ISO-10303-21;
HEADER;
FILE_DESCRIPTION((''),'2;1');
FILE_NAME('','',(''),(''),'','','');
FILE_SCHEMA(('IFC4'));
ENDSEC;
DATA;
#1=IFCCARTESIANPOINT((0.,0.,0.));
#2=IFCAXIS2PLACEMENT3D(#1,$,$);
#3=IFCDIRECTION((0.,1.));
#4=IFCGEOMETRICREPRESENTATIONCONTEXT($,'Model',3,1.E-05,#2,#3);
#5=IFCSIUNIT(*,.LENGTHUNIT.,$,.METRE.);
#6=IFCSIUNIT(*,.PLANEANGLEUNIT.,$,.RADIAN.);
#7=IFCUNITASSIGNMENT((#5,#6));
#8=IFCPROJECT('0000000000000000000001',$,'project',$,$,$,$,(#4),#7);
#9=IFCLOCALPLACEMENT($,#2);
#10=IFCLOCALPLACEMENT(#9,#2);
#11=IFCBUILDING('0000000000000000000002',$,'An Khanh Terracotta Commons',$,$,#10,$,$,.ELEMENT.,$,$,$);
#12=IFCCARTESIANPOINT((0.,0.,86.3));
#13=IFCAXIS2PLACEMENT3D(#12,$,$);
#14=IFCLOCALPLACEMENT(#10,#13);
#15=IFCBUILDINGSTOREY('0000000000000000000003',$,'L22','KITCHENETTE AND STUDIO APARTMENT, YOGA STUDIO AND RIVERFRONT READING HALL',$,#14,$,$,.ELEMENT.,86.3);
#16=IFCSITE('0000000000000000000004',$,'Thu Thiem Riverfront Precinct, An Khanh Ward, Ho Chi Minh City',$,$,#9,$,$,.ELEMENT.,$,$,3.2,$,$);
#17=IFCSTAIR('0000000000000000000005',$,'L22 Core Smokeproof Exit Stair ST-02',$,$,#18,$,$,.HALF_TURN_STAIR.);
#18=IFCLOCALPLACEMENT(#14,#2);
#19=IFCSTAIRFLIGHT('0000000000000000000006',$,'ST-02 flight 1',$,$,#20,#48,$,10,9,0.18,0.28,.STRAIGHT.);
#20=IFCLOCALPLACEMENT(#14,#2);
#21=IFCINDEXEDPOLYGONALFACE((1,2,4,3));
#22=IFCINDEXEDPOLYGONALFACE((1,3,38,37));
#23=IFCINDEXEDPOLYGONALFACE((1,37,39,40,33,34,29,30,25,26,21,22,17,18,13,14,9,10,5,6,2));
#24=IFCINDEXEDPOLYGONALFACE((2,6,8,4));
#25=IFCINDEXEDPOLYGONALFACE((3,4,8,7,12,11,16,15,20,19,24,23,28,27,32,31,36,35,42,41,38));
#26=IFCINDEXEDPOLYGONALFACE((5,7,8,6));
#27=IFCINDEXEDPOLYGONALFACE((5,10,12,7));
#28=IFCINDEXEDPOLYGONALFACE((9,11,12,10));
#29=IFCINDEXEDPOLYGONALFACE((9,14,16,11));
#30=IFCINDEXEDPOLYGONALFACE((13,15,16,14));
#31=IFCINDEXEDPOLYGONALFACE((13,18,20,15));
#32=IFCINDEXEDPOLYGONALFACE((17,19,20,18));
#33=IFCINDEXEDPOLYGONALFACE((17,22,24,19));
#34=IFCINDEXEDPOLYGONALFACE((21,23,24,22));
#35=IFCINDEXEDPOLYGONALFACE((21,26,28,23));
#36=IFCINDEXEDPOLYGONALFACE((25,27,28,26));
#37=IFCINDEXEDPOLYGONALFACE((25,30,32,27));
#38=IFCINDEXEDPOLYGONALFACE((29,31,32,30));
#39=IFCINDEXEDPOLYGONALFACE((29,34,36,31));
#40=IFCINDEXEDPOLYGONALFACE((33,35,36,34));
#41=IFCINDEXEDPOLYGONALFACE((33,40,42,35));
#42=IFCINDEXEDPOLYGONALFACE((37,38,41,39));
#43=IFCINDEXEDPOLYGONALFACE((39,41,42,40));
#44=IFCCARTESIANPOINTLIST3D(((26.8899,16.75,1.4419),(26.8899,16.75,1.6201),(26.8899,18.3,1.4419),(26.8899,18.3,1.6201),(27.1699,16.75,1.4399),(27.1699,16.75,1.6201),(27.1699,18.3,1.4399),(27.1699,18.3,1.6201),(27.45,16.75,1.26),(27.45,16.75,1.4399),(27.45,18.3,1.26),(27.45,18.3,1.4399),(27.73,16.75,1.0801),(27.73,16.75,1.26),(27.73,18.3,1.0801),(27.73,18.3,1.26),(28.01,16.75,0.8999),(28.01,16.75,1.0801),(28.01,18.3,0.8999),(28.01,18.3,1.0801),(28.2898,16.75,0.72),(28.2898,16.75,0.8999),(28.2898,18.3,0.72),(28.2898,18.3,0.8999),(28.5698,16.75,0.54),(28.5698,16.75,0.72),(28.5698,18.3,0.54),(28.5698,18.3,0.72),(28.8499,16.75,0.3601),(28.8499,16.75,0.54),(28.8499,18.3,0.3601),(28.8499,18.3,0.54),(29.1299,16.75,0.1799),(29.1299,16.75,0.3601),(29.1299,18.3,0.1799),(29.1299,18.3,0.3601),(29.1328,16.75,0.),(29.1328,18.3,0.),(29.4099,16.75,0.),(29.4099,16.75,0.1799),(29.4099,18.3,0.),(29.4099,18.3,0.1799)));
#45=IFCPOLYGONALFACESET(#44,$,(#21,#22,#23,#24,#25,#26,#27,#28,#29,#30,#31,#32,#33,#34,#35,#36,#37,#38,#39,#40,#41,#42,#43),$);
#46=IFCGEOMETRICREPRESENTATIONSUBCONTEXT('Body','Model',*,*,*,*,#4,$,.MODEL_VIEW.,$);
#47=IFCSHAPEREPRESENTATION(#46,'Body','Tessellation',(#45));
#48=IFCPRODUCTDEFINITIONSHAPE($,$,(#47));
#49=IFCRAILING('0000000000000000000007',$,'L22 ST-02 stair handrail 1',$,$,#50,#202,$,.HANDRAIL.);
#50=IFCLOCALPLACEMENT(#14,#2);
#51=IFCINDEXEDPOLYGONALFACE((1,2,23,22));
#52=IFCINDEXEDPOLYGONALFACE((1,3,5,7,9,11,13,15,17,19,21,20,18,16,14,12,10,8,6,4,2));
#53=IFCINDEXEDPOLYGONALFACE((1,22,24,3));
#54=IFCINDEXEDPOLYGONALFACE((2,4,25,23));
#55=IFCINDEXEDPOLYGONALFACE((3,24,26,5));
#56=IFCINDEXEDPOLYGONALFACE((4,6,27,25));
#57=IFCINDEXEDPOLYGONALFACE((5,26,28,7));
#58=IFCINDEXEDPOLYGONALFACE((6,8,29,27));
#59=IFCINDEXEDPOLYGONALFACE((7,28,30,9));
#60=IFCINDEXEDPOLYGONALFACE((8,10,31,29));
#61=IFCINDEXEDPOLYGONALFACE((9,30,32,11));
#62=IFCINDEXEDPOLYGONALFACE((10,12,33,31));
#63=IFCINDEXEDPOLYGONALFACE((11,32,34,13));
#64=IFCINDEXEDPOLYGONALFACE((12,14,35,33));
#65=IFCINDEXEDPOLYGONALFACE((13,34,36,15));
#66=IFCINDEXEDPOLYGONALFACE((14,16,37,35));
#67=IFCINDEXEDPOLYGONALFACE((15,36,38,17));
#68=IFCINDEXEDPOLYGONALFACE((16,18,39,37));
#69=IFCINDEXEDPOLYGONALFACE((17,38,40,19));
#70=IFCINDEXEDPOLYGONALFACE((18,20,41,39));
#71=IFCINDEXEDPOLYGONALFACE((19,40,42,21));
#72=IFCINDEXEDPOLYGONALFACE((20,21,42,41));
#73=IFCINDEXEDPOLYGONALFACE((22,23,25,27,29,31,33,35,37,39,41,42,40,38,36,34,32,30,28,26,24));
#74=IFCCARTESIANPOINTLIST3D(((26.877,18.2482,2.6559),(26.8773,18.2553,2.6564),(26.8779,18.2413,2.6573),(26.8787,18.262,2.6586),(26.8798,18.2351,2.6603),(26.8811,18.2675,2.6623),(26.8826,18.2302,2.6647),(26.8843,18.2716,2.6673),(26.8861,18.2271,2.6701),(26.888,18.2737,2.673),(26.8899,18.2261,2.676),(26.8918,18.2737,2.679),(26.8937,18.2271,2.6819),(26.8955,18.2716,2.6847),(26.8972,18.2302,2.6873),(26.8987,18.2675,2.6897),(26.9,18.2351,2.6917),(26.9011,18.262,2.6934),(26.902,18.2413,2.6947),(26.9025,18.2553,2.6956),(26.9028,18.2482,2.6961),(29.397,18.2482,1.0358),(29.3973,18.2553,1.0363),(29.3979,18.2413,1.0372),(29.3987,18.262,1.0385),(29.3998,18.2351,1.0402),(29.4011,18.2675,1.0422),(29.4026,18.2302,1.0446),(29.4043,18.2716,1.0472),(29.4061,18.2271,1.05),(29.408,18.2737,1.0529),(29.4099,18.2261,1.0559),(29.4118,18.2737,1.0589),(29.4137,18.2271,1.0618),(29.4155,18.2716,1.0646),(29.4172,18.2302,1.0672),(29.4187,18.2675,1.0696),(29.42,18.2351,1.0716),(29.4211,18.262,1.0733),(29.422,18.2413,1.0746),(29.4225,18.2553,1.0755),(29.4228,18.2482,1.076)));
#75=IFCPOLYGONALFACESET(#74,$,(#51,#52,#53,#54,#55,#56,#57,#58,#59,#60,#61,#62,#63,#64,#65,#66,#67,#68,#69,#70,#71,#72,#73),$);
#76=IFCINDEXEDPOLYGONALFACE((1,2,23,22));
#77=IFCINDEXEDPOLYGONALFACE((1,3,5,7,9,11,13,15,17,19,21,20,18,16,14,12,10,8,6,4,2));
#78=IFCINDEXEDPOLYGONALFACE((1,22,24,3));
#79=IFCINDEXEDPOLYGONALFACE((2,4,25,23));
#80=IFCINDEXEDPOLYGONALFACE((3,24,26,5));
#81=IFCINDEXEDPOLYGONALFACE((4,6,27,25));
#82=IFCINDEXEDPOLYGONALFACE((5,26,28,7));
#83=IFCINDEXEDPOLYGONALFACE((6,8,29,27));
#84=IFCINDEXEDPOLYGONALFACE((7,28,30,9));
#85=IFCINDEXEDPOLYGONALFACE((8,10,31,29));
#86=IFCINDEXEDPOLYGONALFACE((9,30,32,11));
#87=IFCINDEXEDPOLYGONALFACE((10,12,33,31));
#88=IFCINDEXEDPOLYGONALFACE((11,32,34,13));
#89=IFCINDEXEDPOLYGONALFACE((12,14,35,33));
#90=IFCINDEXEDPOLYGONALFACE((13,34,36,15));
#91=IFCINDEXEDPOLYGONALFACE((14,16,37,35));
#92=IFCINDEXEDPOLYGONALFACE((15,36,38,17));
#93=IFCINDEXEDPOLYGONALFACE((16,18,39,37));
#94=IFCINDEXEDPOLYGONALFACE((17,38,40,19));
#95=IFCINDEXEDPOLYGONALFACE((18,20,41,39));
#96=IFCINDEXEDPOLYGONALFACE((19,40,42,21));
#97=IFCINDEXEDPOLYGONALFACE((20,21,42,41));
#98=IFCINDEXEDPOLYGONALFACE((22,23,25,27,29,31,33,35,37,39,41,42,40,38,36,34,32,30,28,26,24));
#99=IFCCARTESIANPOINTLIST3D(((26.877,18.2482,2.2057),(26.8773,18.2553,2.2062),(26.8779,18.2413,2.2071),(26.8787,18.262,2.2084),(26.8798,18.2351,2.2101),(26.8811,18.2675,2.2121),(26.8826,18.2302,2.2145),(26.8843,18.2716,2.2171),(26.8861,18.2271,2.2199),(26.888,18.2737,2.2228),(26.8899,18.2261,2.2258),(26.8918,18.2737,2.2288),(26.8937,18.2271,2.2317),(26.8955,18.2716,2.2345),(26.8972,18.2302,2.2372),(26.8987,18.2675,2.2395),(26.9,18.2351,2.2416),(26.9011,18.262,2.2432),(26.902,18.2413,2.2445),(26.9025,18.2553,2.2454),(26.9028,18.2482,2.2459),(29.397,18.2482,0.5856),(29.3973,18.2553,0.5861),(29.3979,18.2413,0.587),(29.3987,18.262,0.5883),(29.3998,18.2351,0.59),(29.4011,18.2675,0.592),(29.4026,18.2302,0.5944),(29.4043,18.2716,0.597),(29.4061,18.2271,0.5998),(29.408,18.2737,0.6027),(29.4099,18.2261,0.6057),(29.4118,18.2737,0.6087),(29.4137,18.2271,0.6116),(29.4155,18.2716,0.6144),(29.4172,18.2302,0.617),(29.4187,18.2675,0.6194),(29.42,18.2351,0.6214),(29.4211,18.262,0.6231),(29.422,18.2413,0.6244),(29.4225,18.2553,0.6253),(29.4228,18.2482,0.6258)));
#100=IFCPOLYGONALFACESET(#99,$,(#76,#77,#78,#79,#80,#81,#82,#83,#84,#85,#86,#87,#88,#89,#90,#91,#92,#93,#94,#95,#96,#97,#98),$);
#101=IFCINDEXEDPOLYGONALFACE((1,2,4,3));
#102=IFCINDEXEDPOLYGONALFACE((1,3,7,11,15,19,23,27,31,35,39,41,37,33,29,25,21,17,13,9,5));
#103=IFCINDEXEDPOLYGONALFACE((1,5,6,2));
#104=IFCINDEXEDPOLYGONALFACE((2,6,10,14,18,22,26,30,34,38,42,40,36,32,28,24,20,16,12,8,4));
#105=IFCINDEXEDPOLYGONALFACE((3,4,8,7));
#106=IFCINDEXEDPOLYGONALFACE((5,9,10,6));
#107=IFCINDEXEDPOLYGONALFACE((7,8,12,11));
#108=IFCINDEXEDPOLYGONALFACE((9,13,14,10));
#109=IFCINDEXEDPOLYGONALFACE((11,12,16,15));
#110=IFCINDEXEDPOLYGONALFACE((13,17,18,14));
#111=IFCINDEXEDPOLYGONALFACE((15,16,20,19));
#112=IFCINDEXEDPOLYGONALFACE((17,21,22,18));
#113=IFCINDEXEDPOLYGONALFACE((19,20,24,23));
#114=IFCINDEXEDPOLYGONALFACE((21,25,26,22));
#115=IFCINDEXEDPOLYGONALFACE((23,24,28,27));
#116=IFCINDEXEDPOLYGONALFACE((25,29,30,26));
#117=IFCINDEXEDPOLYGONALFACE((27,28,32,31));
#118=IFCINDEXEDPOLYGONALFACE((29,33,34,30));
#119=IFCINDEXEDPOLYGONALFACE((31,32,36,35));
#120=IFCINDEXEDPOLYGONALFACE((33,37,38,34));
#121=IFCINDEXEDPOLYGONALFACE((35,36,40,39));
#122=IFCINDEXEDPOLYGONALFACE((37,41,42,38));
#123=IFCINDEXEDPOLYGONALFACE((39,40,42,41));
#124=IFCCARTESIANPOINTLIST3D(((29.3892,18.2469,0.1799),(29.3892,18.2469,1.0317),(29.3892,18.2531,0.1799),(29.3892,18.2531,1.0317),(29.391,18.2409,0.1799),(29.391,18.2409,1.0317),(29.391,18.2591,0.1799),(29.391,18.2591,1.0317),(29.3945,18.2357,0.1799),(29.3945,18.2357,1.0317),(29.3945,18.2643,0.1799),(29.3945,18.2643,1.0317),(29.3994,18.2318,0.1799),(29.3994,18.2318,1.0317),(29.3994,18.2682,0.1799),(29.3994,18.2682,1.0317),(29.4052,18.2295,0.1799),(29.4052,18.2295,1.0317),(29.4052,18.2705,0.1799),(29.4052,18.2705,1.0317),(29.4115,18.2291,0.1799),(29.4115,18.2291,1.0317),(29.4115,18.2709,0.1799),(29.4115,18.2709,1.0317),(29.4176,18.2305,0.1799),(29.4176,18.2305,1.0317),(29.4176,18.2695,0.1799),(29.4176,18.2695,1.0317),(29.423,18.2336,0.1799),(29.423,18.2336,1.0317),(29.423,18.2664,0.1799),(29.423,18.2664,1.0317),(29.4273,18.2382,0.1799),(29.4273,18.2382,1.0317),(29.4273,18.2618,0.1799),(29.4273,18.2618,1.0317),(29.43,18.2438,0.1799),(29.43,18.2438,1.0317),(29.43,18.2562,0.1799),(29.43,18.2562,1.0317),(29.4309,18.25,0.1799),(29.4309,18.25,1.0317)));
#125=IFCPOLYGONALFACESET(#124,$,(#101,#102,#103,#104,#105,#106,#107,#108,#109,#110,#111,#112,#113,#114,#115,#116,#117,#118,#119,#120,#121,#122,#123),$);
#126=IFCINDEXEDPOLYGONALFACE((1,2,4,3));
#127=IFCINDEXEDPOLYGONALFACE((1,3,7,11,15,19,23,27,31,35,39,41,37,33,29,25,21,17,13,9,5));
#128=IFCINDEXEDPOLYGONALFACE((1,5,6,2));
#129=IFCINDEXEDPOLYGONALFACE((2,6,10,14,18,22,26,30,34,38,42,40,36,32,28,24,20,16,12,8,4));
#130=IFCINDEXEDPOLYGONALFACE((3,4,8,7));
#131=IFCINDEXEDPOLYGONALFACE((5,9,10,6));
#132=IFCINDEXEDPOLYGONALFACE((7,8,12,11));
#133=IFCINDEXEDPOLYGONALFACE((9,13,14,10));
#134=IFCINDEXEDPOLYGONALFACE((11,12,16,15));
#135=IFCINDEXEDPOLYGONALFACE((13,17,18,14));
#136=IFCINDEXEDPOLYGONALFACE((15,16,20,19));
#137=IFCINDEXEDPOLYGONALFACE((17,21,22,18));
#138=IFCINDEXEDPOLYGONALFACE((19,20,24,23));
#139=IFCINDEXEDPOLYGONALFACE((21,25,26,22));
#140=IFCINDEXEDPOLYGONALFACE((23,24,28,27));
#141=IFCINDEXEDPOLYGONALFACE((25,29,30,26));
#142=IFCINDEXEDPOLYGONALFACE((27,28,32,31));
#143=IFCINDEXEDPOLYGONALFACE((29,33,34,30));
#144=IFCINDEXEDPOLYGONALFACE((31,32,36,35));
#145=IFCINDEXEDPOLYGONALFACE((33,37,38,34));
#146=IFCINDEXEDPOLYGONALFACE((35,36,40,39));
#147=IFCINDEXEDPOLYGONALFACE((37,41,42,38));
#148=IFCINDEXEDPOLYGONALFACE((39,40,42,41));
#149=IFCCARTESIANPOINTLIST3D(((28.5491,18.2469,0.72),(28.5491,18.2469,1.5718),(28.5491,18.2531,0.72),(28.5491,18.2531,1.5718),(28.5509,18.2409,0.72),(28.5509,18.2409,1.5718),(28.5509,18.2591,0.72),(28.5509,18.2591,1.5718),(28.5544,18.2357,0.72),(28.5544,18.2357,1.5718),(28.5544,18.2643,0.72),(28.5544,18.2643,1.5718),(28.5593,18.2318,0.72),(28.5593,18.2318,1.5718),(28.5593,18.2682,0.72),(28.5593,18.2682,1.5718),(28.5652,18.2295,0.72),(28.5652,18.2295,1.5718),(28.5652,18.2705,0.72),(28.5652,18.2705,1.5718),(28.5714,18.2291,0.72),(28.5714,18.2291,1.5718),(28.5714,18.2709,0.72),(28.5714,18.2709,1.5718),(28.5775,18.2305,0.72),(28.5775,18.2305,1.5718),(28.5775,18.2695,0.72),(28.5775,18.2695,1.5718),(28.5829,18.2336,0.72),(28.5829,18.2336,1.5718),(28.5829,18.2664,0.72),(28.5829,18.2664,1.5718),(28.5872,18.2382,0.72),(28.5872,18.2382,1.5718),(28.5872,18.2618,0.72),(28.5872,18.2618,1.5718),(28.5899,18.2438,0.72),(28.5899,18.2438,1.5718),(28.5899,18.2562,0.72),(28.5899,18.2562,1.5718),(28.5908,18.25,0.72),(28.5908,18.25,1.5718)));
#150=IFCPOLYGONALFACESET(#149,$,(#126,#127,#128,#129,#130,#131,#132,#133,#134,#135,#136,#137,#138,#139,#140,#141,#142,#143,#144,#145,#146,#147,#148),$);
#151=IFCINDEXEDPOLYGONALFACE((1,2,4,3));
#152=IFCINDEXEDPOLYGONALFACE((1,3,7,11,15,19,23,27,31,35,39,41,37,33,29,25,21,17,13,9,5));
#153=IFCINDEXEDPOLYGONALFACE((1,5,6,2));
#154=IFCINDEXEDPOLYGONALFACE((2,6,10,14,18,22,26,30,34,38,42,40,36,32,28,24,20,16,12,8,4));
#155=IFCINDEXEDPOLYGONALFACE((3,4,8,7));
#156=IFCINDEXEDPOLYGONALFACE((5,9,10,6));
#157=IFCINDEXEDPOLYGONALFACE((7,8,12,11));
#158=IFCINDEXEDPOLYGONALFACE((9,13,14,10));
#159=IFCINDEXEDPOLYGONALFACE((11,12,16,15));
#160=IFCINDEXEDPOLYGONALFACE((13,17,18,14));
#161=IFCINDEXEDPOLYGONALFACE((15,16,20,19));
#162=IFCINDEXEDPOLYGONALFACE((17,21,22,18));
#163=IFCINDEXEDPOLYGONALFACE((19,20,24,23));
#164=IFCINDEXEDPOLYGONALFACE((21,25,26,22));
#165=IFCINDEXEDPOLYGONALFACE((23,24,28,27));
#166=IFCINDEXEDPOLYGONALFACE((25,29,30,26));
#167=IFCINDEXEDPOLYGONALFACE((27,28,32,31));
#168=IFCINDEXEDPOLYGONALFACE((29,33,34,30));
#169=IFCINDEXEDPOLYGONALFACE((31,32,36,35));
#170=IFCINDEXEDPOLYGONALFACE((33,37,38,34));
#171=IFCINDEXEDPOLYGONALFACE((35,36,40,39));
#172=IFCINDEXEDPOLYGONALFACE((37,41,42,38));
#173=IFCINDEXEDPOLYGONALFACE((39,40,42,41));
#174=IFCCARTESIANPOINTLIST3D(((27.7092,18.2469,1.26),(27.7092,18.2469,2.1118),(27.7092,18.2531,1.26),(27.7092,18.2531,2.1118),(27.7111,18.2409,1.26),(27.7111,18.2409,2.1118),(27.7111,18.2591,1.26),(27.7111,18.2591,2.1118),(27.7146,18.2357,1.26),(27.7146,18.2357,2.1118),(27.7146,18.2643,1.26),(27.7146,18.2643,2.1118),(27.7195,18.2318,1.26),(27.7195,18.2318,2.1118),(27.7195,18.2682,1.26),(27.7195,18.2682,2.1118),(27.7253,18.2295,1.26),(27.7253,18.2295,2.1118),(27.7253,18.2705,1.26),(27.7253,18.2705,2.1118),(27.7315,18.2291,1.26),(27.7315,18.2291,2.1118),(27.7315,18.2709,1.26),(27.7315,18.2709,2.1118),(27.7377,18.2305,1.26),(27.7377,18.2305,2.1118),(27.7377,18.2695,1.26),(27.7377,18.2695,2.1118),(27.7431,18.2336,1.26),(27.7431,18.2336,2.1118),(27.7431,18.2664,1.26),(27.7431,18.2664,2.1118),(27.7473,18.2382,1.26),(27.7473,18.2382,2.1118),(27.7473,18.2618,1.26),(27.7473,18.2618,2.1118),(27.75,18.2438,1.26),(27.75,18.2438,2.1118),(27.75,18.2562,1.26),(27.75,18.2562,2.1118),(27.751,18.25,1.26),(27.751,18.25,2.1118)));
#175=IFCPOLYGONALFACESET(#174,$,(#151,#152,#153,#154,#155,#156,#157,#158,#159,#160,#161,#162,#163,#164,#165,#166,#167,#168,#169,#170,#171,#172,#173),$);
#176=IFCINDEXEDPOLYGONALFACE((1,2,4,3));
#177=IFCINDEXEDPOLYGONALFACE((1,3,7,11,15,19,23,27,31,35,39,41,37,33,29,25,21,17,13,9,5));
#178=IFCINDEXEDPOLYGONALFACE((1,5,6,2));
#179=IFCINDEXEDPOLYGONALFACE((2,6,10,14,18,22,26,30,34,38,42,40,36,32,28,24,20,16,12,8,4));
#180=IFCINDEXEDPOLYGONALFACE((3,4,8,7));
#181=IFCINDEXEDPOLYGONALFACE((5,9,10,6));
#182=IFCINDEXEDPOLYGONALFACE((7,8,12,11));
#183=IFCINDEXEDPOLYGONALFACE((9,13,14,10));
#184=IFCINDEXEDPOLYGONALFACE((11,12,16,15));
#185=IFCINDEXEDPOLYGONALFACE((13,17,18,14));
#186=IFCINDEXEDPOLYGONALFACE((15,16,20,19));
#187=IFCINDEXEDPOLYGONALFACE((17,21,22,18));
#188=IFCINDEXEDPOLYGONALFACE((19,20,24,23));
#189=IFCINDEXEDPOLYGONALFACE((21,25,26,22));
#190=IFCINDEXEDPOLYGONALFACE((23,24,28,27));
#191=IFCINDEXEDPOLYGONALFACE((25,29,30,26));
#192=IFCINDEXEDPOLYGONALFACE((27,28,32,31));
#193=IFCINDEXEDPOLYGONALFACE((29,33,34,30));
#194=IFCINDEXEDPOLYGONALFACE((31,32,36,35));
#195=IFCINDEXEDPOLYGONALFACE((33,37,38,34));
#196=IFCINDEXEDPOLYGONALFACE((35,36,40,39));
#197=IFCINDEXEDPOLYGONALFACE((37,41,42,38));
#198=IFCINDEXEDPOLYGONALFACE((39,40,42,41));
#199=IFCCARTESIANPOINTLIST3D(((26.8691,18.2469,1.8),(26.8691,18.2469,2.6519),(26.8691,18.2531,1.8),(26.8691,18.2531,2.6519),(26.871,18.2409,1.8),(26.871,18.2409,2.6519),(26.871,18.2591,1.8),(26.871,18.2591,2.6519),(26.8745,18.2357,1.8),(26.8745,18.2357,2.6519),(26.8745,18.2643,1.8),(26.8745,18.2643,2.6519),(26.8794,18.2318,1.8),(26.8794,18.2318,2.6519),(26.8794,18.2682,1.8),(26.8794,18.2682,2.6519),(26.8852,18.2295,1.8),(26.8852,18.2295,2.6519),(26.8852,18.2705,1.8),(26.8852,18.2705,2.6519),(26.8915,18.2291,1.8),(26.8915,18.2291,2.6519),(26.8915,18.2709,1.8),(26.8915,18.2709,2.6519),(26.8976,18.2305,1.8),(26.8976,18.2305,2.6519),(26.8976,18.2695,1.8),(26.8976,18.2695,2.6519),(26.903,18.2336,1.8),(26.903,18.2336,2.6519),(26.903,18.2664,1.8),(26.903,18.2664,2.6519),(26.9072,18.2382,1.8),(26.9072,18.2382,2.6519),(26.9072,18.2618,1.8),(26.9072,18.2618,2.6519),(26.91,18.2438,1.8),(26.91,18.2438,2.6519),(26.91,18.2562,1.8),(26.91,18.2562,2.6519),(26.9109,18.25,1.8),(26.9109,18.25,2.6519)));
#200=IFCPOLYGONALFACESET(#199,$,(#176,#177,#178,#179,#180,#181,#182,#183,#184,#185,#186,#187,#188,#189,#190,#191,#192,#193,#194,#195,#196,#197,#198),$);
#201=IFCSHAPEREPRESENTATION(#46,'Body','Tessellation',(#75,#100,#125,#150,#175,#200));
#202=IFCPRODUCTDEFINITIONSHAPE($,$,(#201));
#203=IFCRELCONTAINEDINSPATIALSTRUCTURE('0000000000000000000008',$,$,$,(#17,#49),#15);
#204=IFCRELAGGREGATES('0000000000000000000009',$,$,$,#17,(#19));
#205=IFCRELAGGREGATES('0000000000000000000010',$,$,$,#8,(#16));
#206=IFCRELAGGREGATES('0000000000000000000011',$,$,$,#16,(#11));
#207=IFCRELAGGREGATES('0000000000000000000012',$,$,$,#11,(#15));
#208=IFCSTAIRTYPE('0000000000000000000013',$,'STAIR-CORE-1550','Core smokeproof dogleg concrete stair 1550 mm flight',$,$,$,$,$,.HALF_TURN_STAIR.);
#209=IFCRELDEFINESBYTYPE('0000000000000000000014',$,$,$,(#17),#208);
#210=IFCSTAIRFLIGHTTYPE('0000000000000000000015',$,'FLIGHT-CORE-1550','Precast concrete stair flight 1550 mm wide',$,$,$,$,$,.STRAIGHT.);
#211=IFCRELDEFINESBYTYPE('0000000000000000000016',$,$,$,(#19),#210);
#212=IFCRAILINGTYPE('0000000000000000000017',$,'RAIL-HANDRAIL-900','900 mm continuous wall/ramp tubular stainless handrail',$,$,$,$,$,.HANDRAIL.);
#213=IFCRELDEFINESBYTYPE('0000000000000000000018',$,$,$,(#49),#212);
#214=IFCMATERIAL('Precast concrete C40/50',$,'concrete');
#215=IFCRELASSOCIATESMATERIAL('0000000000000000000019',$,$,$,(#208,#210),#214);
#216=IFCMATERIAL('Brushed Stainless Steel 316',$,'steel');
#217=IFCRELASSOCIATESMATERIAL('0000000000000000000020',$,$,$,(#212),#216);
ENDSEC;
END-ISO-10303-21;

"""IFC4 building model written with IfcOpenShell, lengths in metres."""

from ifc_helpers import new_model, si_unit, direction, frame, origin, origin_2d, place, context, subcontext, project, spatial, polyline, circle, outline, extrude, material, type_object, element, aggregate, save


model = new_model("IFC4")

# Units and contexts
model_context = context("Model", 3, precision=1e-05, world=origin(), true_north=direction((0.0, 1.0)))
body_context = subcontext(model_context, "Body", "Model", "MODEL_VIEW")
ifc_project = project(units=[si_unit("LENGTHUNIT", "METRE"), si_unit("PLANEANGLEUNIT", "RADIAN")], contexts=[model_context])

# Site, building, storey
site_placement = place(None, origin())
site = spatial("IfcSite", under=ifc_project, at=site_placement, Name="Thu Thiem Riverfront Precinct, An Khanh Ward, Ho Chi Minh City", CompositionType="ELEMENT", RefElevation=3.2)
building_placement = place(site_placement, origin())
building = spatial("IfcBuilding", under=site, at=building_placement, Name="An Khanh Terracotta Commons", CompositionType="ELEMENT")
storey_placement = place(building_placement, frame((0.0, 0.0, 86.3)))
storey = spatial("IfcBuildingStorey", under=building, at=storey_placement, Name="L22", Description="KITCHENETTE AND STUDIO APARTMENT, YOGA STUDIO AND RIVERFRONT READING HALL", CompositionType="ELEMENT", Elevation=86.3)

# Stair, stair flight
ifc_material_1 = material(Name="Precast concrete C40/50", Category="concrete")
stair_type = type_object("IfcStairType", Name="STAIR-CORE-1550", Description="Core smokeproof dogleg concrete stair 1550 mm flight", PredefinedType="HALF_TURN_STAIR", material=ifc_material_1)
stair_placement = place(storey_placement, origin())
stair = element("IfcStair", 1, at=stair_placement, inside=storey, type_object=stair_type, Name="L22 Core Smokeproof Exit Stair ST-02", PredefinedType="HALF_TURN_STAIR")
stair_flight_type = type_object("IfcStairFlightType", Name="FLIGHT-CORE-1550", Description="Precast concrete stair flight 1550 mm wide", PredefinedType="STRAIGHT", material=ifc_material_1)
stair_flight_placement = place(storey_placement, frame((29.4099, 17.5249, 0.0), z_axis=(0.0, 0.0, 1.0), x_axis=(-1.0, 0.0, 0.0)))
stair_flight = element("IfcStairFlight", 2, at=stair_flight_placement, type_object=stair_flight_type, Name="ST-02 flight 1", NumberOfRisers=10, NumberOfTreads=9, PredefinedType="STRAIGHT", RiserHeight=0.18, TreadLength=0.28, context=body_context, shape_type="SweptSolid", body=[
    extrude(outline(polyline([(0.0, 0.0), (0.0, 0.1799), (0.28, 0.1799), (0.28, 0.3601), (0.5601, 0.3601), (0.5601, 0.54), (0.8401, 0.54), (0.8401, 0.72), (1.1201, 0.72), (1.1201, 0.8999), (1.3999, 0.8999), (1.3999, 1.0801), (1.6799, 1.0801), (1.6799, 1.26), (1.96, 1.26), (1.96, 1.4399), (2.24, 1.4399), (2.24, 1.6201), (2.52, 1.6201), (2.52, 1.8), (2.52, 1.4419), (0.2771, 0.0), (0.0, 0.0)])), frame((0.0, 0.7749, 0.0), z_axis=(0.0, -1.0, 0.0), x_axis=(1.0, 0.0, 0.0)), (0.0, 0.0, 1.0), 1.55),
])
aggregate(stair, [stair_flight])

# Railing
ifc_material_2 = material(Name="Brushed Stainless Steel 316", Category="steel")
railing_type_1 = type_object("IfcRailingType", Name="RAIL-HANDRAIL-900", Description="900 mm continuous wall/ramp tubular stainless handrail", PredefinedType="HANDRAIL", material=ifc_material_2)
railing_1_placement = place(storey_placement, frame((29.4099, 18.25, 0.1799)))
element("IfcRailing", 3, at=railing_1_placement, inside=storey, type_object=railing_type_1, Name="L22 ST-02 stair handrail 1", PredefinedType="HANDRAIL", context=body_context, shape_type="SweptSolid", body=[
    extrude(circle(Radius=0.0239, at=origin_2d()), frame((0.0, 0.0, 0.876), z_axis=(-0.841163, 0.0, 0.540782), x_axis=(0.0, -1.0, 0.0)), (0.0, 0.0, 1.0), 2.9958),
    extrude(circle(Radius=0.0239, at=origin_2d()), frame((0.0, 0.0, 0.4258), z_axis=(-0.841163, 0.0, 0.540782), x_axis=(0.0, -1.0, 0.0)), (0.0, 0.0, 1.0), 2.9958),
    extrude(circle(Radius=0.021, at=origin_2d()), origin(), (0.0, 0.0, 1.0), 0.8518),
    extrude(circle(Radius=0.021, at=origin_2d()), frame((-0.8401, 0.0, 0.54)), (0.0, 0.0, 1.0), 0.8518),
    extrude(circle(Radius=0.021, at=origin_2d()), frame((-1.6799, 0.0, 1.0801)), (0.0, 0.0, 1.0), 0.8518),
    extrude(circle(Radius=0.021, at=origin_2d()), frame((-2.52, 0.0, 1.6201)), (0.0, 0.0, 1.0), 0.8518),
])

save(model, "model.ifc")
